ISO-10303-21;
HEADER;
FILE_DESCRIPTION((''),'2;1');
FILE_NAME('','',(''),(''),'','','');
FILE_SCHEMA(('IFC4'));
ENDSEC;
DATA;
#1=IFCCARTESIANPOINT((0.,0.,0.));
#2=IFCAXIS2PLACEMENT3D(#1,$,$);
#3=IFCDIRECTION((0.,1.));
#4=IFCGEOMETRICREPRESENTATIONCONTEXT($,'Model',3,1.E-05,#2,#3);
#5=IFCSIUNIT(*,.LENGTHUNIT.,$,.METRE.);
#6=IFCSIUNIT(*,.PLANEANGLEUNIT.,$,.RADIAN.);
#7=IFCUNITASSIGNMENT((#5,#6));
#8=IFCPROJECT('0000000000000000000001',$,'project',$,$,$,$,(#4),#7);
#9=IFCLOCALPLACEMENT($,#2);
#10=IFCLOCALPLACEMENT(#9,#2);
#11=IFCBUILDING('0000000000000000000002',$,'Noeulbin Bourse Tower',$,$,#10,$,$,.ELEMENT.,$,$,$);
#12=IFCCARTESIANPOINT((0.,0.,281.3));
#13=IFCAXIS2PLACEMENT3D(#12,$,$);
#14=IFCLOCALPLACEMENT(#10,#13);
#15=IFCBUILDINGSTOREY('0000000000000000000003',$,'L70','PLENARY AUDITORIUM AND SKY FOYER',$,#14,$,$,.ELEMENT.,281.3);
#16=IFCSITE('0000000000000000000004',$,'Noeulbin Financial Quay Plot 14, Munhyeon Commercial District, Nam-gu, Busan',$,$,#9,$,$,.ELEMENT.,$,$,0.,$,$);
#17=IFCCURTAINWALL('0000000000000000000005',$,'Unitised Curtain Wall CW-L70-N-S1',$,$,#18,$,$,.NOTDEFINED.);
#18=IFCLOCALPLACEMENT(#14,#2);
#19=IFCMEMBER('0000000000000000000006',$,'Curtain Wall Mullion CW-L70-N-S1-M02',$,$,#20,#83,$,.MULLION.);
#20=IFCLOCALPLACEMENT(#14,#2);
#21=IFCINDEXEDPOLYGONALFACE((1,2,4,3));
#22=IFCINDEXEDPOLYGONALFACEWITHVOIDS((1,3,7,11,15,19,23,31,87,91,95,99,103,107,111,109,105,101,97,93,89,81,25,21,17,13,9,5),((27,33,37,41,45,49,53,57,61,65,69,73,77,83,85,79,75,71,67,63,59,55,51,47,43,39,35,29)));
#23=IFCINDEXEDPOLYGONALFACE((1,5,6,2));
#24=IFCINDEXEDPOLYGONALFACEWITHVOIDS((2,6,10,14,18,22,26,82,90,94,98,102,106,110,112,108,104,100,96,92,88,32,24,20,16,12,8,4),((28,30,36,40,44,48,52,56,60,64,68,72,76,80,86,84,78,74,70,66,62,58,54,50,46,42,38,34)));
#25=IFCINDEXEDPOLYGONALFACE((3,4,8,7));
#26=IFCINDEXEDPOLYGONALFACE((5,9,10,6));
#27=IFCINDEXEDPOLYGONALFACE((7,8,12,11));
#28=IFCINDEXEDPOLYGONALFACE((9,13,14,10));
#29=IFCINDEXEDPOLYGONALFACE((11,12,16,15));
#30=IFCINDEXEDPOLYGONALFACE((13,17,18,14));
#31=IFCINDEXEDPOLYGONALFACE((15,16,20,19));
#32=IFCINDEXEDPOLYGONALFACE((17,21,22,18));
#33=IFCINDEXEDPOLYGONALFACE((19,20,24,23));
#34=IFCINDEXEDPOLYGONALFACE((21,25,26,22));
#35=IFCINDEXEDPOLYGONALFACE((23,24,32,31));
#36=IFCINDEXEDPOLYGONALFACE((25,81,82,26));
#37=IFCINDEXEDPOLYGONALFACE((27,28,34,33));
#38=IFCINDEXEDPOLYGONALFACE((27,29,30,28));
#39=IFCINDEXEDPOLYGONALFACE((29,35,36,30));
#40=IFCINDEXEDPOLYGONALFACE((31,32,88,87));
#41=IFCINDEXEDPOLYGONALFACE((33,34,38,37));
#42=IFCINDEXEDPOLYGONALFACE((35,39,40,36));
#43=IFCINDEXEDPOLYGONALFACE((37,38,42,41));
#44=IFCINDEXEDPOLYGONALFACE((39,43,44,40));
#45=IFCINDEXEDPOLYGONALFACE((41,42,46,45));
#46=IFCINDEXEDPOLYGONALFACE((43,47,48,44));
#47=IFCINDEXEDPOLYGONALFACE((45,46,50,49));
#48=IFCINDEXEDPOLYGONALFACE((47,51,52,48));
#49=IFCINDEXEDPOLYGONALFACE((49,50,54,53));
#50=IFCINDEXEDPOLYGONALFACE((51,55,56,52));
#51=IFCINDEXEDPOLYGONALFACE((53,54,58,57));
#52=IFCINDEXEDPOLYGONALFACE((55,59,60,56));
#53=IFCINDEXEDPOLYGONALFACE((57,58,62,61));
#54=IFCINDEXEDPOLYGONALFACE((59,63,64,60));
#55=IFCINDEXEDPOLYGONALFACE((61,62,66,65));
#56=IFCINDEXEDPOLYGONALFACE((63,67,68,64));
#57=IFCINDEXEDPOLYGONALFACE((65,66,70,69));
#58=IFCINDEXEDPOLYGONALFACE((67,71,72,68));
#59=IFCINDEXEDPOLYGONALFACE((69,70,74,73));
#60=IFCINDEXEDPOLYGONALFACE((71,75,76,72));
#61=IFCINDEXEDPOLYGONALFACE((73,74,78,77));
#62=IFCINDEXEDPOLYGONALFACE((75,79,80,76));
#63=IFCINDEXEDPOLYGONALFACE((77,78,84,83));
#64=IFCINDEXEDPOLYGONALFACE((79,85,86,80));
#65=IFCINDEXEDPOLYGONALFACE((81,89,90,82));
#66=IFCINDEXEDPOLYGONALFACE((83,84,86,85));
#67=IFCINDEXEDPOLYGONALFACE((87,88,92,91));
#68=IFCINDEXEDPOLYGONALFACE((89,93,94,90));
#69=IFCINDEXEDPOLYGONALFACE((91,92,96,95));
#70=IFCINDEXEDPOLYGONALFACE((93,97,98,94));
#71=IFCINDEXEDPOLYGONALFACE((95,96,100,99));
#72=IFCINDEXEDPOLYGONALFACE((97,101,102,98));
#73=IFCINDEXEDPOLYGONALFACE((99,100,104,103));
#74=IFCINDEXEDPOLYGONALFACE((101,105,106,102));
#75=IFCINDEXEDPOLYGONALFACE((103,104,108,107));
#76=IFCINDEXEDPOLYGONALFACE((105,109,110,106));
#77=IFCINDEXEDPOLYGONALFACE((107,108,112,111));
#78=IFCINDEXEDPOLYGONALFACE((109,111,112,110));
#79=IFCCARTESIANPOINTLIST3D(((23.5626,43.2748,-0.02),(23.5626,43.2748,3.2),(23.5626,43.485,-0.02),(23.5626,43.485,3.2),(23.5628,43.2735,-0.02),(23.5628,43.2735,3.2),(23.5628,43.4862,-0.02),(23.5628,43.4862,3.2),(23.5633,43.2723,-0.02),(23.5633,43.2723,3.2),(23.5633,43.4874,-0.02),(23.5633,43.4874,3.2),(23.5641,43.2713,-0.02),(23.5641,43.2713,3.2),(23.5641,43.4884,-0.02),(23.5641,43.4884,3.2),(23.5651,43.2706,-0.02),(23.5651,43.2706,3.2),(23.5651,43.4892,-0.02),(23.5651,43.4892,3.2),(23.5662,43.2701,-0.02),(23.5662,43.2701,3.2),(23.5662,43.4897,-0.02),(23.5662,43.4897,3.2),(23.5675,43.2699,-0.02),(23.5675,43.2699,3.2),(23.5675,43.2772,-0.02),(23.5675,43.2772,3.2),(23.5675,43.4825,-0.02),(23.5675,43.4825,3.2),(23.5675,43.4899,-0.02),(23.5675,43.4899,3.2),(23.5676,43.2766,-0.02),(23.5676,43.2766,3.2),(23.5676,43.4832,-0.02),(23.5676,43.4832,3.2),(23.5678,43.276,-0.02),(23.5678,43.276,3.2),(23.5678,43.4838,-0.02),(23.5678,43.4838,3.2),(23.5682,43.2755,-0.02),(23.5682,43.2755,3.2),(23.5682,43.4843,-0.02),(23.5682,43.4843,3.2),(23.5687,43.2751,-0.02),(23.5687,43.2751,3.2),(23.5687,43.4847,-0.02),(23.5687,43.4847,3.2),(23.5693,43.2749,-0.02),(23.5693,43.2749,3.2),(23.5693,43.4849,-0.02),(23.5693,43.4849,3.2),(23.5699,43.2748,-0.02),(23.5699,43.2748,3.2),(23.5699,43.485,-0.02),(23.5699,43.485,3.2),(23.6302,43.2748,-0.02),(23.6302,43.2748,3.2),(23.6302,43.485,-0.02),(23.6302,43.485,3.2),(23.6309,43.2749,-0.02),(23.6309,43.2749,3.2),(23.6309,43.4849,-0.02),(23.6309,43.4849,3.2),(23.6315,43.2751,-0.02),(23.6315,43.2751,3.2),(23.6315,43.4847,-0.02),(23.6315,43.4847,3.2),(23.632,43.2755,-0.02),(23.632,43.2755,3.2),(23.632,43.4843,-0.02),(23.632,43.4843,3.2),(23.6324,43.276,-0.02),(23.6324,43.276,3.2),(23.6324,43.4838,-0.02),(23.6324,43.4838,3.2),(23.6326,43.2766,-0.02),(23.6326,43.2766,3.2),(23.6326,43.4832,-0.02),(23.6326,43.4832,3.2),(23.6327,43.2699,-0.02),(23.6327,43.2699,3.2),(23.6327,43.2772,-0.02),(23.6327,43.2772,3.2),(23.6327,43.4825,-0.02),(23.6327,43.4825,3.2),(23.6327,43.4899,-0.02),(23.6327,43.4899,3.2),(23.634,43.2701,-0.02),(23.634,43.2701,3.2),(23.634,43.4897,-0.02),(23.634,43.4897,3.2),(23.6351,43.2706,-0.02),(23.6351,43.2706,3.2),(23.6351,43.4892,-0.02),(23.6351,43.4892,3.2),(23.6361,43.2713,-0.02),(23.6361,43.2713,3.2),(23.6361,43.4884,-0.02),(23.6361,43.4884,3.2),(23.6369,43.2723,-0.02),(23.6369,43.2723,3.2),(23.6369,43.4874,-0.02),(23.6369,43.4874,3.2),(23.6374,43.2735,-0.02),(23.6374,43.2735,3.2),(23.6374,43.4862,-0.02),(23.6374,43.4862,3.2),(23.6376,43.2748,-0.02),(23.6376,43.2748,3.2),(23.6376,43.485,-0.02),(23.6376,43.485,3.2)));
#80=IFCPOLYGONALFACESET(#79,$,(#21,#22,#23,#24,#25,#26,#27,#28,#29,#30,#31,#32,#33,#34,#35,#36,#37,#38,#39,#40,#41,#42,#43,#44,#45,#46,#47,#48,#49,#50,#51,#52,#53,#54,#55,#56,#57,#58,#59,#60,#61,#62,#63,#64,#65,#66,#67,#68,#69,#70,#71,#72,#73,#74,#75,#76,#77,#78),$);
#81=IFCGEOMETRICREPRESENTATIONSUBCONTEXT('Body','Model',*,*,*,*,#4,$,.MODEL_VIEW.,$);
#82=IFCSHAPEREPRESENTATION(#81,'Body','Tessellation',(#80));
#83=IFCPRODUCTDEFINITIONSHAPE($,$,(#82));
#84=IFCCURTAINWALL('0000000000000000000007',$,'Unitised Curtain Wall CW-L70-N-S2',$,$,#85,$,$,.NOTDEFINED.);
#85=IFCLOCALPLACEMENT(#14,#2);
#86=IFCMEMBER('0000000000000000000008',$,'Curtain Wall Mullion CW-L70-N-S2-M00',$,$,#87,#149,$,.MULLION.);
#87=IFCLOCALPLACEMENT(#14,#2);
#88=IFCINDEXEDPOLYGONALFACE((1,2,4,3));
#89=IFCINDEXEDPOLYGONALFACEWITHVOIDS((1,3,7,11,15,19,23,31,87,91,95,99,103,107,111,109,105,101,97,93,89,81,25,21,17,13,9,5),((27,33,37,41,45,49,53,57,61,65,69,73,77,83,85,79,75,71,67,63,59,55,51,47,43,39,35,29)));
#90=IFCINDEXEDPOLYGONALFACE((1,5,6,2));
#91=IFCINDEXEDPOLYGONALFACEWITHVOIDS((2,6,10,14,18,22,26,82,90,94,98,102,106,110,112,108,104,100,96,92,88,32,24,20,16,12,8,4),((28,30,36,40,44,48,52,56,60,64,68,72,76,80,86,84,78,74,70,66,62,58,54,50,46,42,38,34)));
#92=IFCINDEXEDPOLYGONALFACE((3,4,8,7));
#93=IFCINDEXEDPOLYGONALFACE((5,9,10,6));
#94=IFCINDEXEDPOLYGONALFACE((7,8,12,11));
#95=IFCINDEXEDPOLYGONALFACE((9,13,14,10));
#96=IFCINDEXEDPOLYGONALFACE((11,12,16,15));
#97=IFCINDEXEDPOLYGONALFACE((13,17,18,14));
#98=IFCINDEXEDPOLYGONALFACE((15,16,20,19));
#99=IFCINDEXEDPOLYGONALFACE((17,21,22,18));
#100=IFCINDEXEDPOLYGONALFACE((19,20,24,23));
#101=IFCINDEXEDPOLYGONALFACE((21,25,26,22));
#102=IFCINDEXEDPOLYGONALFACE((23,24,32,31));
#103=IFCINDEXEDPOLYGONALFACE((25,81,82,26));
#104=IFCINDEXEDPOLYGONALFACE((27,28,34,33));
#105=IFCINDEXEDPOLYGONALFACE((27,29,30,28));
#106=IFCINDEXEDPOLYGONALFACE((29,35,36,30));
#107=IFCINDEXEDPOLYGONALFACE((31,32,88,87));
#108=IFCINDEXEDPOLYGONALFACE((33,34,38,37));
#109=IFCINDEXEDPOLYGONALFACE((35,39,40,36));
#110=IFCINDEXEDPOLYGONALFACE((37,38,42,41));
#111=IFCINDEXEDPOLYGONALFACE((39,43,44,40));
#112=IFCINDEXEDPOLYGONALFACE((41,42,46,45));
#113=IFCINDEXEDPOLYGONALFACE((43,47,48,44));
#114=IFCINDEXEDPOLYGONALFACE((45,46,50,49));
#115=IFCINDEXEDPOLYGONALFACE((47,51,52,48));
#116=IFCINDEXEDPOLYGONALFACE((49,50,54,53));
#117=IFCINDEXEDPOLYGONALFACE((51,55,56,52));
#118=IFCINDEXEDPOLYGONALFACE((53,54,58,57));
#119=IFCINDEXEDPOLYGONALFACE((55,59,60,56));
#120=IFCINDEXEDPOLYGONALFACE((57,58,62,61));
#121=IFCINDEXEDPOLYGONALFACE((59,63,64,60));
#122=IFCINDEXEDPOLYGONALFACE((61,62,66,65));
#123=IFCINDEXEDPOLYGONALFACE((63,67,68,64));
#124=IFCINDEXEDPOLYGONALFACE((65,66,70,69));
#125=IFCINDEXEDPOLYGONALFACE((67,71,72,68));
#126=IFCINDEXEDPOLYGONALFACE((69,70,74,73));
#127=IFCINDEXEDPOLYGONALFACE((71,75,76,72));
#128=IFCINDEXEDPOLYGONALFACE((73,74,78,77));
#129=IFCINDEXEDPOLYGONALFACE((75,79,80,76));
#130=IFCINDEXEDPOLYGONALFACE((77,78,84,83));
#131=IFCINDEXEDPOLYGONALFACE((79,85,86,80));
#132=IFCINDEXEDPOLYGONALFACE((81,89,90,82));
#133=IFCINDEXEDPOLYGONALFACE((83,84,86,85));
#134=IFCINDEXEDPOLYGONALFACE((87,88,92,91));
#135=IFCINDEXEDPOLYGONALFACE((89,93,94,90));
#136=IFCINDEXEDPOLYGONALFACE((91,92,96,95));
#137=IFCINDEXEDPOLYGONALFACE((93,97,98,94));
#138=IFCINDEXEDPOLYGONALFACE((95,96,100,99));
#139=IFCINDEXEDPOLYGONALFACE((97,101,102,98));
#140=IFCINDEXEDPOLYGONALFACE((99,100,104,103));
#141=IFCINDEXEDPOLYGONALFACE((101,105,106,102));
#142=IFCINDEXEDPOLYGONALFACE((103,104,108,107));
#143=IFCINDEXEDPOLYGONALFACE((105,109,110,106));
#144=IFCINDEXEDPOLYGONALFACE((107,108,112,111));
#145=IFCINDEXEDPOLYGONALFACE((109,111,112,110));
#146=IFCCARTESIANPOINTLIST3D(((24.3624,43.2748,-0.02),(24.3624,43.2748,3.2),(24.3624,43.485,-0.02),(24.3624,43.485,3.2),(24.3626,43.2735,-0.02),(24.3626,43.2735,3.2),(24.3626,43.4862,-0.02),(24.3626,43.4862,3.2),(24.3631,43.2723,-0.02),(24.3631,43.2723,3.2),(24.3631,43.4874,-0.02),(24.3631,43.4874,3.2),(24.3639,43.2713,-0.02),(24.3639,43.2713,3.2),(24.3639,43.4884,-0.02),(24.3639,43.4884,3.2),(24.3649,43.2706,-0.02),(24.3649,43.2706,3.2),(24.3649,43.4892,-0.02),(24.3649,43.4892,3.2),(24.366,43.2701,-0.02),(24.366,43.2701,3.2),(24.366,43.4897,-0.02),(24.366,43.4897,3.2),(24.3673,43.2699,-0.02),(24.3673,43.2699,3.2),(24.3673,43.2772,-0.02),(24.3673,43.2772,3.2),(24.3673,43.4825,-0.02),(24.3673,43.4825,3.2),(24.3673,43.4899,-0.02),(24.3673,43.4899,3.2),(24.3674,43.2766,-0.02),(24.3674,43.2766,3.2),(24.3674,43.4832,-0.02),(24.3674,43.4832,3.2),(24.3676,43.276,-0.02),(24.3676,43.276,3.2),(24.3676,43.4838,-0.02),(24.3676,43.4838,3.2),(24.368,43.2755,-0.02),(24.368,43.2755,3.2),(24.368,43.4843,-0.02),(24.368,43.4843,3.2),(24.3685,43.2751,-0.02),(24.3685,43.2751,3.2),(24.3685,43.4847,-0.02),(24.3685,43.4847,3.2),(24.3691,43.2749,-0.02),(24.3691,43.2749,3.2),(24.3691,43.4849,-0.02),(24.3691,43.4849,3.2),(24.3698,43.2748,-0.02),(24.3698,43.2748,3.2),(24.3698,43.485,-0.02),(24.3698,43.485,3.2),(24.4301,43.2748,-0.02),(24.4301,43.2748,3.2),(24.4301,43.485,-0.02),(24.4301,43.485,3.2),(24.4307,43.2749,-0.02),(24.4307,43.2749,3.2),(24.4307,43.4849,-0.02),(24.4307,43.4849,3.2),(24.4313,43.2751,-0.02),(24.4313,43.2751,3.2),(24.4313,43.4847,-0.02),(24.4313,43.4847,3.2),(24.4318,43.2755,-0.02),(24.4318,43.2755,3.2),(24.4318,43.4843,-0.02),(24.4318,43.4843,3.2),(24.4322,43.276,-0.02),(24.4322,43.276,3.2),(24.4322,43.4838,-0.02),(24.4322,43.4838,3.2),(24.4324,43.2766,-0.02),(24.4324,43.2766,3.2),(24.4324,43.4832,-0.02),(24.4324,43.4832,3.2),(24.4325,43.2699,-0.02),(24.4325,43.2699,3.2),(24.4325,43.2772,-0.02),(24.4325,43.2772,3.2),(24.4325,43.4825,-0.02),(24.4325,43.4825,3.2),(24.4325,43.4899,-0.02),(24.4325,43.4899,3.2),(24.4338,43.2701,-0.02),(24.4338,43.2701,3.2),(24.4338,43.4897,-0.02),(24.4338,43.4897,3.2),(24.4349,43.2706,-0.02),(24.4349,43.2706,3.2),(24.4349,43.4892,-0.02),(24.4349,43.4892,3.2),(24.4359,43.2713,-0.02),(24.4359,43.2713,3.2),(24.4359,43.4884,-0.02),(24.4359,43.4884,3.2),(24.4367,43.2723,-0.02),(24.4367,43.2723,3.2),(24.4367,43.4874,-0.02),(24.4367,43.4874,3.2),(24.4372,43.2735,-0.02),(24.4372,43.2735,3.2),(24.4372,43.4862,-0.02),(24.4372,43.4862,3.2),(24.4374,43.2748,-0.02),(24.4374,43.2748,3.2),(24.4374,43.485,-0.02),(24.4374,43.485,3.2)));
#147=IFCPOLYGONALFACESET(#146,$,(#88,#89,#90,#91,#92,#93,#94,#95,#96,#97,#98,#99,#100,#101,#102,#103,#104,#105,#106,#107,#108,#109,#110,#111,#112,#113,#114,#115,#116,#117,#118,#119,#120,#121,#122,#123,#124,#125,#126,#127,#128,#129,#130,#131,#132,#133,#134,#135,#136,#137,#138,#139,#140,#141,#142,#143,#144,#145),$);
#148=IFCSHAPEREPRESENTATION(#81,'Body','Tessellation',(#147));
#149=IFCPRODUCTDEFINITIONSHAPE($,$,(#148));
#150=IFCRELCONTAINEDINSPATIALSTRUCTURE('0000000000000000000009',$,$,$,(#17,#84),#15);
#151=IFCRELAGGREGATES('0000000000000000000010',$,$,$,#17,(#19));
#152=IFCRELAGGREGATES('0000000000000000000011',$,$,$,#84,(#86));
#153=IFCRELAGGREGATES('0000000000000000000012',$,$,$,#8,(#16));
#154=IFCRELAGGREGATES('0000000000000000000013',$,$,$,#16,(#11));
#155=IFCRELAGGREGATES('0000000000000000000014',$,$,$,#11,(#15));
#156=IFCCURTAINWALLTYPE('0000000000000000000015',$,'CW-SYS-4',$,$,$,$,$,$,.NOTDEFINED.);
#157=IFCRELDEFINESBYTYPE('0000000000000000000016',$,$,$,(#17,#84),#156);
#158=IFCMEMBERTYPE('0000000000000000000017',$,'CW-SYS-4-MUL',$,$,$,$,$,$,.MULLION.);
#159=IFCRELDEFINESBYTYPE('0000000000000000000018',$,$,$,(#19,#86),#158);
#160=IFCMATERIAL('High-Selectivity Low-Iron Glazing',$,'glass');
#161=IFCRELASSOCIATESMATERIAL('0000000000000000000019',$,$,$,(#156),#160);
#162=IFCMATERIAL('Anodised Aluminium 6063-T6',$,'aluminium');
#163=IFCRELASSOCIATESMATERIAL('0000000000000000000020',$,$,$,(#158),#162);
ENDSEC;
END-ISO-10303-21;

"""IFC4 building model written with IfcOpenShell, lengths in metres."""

from ifc_helpers import new_model, si_unit, direction, frame, origin, origin_2d, place, context, subcontext, project, spatial, hollow_rectangle, extrude, material, material_profile, profile_set, type_object, element, aggregate, save


model = new_model("IFC4")

# Units and contexts
model_context = context("Model", 3, precision=1e-05, world=origin(), true_north=direction((0.0, 1.0)))
body_context = subcontext(model_context, "Body", "Model", "MODEL_VIEW")
ifc_project = project(units=[si_unit("LENGTHUNIT", "METRE"), si_unit("PLANEANGLEUNIT", "RADIAN")], contexts=[model_context])

# Site, building, storey
site_placement = place(None, origin())
site = spatial("IfcSite", under=ifc_project, at=site_placement, Name="Noeulbin Financial Quay Plot 14, Munhyeon Commercial District, Nam-gu, Busan", CompositionType="ELEMENT", RefElevation=0.0)
building_placement = place(site_placement, origin())
building = spatial("IfcBuilding", under=site, at=building_placement, Name="Noeulbin Bourse Tower", CompositionType="ELEMENT")
storey_placement = place(building_placement, frame((0.0, 0.0, 281.3)))
storey = spatial("IfcBuildingStorey", under=building, at=storey_placement, Name="L70", Description="PLENARY AUDITORIUM AND SKY FOYER", CompositionType="ELEMENT", Elevation=281.3)

# Curtain walls, members
ifc_material_1 = material(Name="High-Selectivity Low-Iron Glazing", Category="glass")
curtain_wall_type = type_object("IfcCurtainWallType", Name="CW-SYS-4", PredefinedType="NOTDEFINED", material=ifc_material_1)
curtain_wall_1_placement = place(storey_placement, origin())
curtain_wall_1 = element("IfcCurtainWall", 1, at=curtain_wall_1_placement, inside=storey, type_object=curtain_wall_type, Name="Unitised Curtain Wall CW-L70-N-S1", PredefinedType="NOTDEFINED")
ifc_material_2 = material(Name="Anodised Aluminium 6063-T6", Category="aluminium")
ifc_material_profile_1 = material_profile(ifc_material_2, hollow_rectangle(XDim=0.075, YDim=0.22, WallThickness=0.0049, InnerFilletRadius=0.0024, OuterFilletRadius=0.0049, at=origin_2d()), Name="ALU-MULL-75x220x5", Category="LoadBearing")
ifc_profile_set_1 = profile_set([ifc_material_profile_1], Name="Anodised Aluminium 6063-T6")
member_type_1 = type_object("IfcMemberType", Name="CW-SYS-4-MUL", PredefinedType="MULLION", material=ifc_profile_set_1)
member_1_placement = place(storey_placement, frame((23.6001, 43.3799, -0.02), z_axis=(0.0, 0.0, 1.0), x_axis=(1.0, 0.0, 0.0)))
member_1 = element("IfcMember", 2, at=member_1_placement, type_object=member_type_1, Name="Curtain Wall Mullion CW-L70-N-S1-M02", PredefinedType="MULLION", context=body_context, shape_type="SweptSolid", body=[
    extrude(hollow_rectangle(XDim=0.075, YDim=0.22, WallThickness=0.0049, InnerFilletRadius=0.0024, OuterFilletRadius=0.0049, at=origin_2d()), origin(), (0.0, 0.0, 1.0), 3.22),
])
curtain_wall_2_placement = place(storey_placement, origin())
curtain_wall_2 = element("IfcCurtainWall", 3, at=curtain_wall_2_placement, inside=storey, type_object=curtain_wall_type, Name="Unitised Curtain Wall CW-L70-N-S2", PredefinedType="NOTDEFINED")
member_2_placement = place(storey_placement, frame((24.3999, 43.3799, -0.02), z_axis=(0.0, 0.0, 1.0), x_axis=(1.0, 0.0, 0.0)))
member_2 = element("IfcMember", 4, at=member_2_placement, type_object=member_type_1, Name="Curtain Wall Mullion CW-L70-N-S2-M00", PredefinedType="MULLION", context=body_context, shape_type="SweptSolid", body=[
    extrude(hollow_rectangle(XDim=0.075, YDim=0.22, WallThickness=0.0049, InnerFilletRadius=0.0024, OuterFilletRadius=0.0049, at=origin_2d()), origin(), (0.0, 0.0, 1.0), 3.22),
])

aggregate(curtain_wall_1, [member_1])
aggregate(curtain_wall_2, [member_2])

save(model, "model.ifc")
